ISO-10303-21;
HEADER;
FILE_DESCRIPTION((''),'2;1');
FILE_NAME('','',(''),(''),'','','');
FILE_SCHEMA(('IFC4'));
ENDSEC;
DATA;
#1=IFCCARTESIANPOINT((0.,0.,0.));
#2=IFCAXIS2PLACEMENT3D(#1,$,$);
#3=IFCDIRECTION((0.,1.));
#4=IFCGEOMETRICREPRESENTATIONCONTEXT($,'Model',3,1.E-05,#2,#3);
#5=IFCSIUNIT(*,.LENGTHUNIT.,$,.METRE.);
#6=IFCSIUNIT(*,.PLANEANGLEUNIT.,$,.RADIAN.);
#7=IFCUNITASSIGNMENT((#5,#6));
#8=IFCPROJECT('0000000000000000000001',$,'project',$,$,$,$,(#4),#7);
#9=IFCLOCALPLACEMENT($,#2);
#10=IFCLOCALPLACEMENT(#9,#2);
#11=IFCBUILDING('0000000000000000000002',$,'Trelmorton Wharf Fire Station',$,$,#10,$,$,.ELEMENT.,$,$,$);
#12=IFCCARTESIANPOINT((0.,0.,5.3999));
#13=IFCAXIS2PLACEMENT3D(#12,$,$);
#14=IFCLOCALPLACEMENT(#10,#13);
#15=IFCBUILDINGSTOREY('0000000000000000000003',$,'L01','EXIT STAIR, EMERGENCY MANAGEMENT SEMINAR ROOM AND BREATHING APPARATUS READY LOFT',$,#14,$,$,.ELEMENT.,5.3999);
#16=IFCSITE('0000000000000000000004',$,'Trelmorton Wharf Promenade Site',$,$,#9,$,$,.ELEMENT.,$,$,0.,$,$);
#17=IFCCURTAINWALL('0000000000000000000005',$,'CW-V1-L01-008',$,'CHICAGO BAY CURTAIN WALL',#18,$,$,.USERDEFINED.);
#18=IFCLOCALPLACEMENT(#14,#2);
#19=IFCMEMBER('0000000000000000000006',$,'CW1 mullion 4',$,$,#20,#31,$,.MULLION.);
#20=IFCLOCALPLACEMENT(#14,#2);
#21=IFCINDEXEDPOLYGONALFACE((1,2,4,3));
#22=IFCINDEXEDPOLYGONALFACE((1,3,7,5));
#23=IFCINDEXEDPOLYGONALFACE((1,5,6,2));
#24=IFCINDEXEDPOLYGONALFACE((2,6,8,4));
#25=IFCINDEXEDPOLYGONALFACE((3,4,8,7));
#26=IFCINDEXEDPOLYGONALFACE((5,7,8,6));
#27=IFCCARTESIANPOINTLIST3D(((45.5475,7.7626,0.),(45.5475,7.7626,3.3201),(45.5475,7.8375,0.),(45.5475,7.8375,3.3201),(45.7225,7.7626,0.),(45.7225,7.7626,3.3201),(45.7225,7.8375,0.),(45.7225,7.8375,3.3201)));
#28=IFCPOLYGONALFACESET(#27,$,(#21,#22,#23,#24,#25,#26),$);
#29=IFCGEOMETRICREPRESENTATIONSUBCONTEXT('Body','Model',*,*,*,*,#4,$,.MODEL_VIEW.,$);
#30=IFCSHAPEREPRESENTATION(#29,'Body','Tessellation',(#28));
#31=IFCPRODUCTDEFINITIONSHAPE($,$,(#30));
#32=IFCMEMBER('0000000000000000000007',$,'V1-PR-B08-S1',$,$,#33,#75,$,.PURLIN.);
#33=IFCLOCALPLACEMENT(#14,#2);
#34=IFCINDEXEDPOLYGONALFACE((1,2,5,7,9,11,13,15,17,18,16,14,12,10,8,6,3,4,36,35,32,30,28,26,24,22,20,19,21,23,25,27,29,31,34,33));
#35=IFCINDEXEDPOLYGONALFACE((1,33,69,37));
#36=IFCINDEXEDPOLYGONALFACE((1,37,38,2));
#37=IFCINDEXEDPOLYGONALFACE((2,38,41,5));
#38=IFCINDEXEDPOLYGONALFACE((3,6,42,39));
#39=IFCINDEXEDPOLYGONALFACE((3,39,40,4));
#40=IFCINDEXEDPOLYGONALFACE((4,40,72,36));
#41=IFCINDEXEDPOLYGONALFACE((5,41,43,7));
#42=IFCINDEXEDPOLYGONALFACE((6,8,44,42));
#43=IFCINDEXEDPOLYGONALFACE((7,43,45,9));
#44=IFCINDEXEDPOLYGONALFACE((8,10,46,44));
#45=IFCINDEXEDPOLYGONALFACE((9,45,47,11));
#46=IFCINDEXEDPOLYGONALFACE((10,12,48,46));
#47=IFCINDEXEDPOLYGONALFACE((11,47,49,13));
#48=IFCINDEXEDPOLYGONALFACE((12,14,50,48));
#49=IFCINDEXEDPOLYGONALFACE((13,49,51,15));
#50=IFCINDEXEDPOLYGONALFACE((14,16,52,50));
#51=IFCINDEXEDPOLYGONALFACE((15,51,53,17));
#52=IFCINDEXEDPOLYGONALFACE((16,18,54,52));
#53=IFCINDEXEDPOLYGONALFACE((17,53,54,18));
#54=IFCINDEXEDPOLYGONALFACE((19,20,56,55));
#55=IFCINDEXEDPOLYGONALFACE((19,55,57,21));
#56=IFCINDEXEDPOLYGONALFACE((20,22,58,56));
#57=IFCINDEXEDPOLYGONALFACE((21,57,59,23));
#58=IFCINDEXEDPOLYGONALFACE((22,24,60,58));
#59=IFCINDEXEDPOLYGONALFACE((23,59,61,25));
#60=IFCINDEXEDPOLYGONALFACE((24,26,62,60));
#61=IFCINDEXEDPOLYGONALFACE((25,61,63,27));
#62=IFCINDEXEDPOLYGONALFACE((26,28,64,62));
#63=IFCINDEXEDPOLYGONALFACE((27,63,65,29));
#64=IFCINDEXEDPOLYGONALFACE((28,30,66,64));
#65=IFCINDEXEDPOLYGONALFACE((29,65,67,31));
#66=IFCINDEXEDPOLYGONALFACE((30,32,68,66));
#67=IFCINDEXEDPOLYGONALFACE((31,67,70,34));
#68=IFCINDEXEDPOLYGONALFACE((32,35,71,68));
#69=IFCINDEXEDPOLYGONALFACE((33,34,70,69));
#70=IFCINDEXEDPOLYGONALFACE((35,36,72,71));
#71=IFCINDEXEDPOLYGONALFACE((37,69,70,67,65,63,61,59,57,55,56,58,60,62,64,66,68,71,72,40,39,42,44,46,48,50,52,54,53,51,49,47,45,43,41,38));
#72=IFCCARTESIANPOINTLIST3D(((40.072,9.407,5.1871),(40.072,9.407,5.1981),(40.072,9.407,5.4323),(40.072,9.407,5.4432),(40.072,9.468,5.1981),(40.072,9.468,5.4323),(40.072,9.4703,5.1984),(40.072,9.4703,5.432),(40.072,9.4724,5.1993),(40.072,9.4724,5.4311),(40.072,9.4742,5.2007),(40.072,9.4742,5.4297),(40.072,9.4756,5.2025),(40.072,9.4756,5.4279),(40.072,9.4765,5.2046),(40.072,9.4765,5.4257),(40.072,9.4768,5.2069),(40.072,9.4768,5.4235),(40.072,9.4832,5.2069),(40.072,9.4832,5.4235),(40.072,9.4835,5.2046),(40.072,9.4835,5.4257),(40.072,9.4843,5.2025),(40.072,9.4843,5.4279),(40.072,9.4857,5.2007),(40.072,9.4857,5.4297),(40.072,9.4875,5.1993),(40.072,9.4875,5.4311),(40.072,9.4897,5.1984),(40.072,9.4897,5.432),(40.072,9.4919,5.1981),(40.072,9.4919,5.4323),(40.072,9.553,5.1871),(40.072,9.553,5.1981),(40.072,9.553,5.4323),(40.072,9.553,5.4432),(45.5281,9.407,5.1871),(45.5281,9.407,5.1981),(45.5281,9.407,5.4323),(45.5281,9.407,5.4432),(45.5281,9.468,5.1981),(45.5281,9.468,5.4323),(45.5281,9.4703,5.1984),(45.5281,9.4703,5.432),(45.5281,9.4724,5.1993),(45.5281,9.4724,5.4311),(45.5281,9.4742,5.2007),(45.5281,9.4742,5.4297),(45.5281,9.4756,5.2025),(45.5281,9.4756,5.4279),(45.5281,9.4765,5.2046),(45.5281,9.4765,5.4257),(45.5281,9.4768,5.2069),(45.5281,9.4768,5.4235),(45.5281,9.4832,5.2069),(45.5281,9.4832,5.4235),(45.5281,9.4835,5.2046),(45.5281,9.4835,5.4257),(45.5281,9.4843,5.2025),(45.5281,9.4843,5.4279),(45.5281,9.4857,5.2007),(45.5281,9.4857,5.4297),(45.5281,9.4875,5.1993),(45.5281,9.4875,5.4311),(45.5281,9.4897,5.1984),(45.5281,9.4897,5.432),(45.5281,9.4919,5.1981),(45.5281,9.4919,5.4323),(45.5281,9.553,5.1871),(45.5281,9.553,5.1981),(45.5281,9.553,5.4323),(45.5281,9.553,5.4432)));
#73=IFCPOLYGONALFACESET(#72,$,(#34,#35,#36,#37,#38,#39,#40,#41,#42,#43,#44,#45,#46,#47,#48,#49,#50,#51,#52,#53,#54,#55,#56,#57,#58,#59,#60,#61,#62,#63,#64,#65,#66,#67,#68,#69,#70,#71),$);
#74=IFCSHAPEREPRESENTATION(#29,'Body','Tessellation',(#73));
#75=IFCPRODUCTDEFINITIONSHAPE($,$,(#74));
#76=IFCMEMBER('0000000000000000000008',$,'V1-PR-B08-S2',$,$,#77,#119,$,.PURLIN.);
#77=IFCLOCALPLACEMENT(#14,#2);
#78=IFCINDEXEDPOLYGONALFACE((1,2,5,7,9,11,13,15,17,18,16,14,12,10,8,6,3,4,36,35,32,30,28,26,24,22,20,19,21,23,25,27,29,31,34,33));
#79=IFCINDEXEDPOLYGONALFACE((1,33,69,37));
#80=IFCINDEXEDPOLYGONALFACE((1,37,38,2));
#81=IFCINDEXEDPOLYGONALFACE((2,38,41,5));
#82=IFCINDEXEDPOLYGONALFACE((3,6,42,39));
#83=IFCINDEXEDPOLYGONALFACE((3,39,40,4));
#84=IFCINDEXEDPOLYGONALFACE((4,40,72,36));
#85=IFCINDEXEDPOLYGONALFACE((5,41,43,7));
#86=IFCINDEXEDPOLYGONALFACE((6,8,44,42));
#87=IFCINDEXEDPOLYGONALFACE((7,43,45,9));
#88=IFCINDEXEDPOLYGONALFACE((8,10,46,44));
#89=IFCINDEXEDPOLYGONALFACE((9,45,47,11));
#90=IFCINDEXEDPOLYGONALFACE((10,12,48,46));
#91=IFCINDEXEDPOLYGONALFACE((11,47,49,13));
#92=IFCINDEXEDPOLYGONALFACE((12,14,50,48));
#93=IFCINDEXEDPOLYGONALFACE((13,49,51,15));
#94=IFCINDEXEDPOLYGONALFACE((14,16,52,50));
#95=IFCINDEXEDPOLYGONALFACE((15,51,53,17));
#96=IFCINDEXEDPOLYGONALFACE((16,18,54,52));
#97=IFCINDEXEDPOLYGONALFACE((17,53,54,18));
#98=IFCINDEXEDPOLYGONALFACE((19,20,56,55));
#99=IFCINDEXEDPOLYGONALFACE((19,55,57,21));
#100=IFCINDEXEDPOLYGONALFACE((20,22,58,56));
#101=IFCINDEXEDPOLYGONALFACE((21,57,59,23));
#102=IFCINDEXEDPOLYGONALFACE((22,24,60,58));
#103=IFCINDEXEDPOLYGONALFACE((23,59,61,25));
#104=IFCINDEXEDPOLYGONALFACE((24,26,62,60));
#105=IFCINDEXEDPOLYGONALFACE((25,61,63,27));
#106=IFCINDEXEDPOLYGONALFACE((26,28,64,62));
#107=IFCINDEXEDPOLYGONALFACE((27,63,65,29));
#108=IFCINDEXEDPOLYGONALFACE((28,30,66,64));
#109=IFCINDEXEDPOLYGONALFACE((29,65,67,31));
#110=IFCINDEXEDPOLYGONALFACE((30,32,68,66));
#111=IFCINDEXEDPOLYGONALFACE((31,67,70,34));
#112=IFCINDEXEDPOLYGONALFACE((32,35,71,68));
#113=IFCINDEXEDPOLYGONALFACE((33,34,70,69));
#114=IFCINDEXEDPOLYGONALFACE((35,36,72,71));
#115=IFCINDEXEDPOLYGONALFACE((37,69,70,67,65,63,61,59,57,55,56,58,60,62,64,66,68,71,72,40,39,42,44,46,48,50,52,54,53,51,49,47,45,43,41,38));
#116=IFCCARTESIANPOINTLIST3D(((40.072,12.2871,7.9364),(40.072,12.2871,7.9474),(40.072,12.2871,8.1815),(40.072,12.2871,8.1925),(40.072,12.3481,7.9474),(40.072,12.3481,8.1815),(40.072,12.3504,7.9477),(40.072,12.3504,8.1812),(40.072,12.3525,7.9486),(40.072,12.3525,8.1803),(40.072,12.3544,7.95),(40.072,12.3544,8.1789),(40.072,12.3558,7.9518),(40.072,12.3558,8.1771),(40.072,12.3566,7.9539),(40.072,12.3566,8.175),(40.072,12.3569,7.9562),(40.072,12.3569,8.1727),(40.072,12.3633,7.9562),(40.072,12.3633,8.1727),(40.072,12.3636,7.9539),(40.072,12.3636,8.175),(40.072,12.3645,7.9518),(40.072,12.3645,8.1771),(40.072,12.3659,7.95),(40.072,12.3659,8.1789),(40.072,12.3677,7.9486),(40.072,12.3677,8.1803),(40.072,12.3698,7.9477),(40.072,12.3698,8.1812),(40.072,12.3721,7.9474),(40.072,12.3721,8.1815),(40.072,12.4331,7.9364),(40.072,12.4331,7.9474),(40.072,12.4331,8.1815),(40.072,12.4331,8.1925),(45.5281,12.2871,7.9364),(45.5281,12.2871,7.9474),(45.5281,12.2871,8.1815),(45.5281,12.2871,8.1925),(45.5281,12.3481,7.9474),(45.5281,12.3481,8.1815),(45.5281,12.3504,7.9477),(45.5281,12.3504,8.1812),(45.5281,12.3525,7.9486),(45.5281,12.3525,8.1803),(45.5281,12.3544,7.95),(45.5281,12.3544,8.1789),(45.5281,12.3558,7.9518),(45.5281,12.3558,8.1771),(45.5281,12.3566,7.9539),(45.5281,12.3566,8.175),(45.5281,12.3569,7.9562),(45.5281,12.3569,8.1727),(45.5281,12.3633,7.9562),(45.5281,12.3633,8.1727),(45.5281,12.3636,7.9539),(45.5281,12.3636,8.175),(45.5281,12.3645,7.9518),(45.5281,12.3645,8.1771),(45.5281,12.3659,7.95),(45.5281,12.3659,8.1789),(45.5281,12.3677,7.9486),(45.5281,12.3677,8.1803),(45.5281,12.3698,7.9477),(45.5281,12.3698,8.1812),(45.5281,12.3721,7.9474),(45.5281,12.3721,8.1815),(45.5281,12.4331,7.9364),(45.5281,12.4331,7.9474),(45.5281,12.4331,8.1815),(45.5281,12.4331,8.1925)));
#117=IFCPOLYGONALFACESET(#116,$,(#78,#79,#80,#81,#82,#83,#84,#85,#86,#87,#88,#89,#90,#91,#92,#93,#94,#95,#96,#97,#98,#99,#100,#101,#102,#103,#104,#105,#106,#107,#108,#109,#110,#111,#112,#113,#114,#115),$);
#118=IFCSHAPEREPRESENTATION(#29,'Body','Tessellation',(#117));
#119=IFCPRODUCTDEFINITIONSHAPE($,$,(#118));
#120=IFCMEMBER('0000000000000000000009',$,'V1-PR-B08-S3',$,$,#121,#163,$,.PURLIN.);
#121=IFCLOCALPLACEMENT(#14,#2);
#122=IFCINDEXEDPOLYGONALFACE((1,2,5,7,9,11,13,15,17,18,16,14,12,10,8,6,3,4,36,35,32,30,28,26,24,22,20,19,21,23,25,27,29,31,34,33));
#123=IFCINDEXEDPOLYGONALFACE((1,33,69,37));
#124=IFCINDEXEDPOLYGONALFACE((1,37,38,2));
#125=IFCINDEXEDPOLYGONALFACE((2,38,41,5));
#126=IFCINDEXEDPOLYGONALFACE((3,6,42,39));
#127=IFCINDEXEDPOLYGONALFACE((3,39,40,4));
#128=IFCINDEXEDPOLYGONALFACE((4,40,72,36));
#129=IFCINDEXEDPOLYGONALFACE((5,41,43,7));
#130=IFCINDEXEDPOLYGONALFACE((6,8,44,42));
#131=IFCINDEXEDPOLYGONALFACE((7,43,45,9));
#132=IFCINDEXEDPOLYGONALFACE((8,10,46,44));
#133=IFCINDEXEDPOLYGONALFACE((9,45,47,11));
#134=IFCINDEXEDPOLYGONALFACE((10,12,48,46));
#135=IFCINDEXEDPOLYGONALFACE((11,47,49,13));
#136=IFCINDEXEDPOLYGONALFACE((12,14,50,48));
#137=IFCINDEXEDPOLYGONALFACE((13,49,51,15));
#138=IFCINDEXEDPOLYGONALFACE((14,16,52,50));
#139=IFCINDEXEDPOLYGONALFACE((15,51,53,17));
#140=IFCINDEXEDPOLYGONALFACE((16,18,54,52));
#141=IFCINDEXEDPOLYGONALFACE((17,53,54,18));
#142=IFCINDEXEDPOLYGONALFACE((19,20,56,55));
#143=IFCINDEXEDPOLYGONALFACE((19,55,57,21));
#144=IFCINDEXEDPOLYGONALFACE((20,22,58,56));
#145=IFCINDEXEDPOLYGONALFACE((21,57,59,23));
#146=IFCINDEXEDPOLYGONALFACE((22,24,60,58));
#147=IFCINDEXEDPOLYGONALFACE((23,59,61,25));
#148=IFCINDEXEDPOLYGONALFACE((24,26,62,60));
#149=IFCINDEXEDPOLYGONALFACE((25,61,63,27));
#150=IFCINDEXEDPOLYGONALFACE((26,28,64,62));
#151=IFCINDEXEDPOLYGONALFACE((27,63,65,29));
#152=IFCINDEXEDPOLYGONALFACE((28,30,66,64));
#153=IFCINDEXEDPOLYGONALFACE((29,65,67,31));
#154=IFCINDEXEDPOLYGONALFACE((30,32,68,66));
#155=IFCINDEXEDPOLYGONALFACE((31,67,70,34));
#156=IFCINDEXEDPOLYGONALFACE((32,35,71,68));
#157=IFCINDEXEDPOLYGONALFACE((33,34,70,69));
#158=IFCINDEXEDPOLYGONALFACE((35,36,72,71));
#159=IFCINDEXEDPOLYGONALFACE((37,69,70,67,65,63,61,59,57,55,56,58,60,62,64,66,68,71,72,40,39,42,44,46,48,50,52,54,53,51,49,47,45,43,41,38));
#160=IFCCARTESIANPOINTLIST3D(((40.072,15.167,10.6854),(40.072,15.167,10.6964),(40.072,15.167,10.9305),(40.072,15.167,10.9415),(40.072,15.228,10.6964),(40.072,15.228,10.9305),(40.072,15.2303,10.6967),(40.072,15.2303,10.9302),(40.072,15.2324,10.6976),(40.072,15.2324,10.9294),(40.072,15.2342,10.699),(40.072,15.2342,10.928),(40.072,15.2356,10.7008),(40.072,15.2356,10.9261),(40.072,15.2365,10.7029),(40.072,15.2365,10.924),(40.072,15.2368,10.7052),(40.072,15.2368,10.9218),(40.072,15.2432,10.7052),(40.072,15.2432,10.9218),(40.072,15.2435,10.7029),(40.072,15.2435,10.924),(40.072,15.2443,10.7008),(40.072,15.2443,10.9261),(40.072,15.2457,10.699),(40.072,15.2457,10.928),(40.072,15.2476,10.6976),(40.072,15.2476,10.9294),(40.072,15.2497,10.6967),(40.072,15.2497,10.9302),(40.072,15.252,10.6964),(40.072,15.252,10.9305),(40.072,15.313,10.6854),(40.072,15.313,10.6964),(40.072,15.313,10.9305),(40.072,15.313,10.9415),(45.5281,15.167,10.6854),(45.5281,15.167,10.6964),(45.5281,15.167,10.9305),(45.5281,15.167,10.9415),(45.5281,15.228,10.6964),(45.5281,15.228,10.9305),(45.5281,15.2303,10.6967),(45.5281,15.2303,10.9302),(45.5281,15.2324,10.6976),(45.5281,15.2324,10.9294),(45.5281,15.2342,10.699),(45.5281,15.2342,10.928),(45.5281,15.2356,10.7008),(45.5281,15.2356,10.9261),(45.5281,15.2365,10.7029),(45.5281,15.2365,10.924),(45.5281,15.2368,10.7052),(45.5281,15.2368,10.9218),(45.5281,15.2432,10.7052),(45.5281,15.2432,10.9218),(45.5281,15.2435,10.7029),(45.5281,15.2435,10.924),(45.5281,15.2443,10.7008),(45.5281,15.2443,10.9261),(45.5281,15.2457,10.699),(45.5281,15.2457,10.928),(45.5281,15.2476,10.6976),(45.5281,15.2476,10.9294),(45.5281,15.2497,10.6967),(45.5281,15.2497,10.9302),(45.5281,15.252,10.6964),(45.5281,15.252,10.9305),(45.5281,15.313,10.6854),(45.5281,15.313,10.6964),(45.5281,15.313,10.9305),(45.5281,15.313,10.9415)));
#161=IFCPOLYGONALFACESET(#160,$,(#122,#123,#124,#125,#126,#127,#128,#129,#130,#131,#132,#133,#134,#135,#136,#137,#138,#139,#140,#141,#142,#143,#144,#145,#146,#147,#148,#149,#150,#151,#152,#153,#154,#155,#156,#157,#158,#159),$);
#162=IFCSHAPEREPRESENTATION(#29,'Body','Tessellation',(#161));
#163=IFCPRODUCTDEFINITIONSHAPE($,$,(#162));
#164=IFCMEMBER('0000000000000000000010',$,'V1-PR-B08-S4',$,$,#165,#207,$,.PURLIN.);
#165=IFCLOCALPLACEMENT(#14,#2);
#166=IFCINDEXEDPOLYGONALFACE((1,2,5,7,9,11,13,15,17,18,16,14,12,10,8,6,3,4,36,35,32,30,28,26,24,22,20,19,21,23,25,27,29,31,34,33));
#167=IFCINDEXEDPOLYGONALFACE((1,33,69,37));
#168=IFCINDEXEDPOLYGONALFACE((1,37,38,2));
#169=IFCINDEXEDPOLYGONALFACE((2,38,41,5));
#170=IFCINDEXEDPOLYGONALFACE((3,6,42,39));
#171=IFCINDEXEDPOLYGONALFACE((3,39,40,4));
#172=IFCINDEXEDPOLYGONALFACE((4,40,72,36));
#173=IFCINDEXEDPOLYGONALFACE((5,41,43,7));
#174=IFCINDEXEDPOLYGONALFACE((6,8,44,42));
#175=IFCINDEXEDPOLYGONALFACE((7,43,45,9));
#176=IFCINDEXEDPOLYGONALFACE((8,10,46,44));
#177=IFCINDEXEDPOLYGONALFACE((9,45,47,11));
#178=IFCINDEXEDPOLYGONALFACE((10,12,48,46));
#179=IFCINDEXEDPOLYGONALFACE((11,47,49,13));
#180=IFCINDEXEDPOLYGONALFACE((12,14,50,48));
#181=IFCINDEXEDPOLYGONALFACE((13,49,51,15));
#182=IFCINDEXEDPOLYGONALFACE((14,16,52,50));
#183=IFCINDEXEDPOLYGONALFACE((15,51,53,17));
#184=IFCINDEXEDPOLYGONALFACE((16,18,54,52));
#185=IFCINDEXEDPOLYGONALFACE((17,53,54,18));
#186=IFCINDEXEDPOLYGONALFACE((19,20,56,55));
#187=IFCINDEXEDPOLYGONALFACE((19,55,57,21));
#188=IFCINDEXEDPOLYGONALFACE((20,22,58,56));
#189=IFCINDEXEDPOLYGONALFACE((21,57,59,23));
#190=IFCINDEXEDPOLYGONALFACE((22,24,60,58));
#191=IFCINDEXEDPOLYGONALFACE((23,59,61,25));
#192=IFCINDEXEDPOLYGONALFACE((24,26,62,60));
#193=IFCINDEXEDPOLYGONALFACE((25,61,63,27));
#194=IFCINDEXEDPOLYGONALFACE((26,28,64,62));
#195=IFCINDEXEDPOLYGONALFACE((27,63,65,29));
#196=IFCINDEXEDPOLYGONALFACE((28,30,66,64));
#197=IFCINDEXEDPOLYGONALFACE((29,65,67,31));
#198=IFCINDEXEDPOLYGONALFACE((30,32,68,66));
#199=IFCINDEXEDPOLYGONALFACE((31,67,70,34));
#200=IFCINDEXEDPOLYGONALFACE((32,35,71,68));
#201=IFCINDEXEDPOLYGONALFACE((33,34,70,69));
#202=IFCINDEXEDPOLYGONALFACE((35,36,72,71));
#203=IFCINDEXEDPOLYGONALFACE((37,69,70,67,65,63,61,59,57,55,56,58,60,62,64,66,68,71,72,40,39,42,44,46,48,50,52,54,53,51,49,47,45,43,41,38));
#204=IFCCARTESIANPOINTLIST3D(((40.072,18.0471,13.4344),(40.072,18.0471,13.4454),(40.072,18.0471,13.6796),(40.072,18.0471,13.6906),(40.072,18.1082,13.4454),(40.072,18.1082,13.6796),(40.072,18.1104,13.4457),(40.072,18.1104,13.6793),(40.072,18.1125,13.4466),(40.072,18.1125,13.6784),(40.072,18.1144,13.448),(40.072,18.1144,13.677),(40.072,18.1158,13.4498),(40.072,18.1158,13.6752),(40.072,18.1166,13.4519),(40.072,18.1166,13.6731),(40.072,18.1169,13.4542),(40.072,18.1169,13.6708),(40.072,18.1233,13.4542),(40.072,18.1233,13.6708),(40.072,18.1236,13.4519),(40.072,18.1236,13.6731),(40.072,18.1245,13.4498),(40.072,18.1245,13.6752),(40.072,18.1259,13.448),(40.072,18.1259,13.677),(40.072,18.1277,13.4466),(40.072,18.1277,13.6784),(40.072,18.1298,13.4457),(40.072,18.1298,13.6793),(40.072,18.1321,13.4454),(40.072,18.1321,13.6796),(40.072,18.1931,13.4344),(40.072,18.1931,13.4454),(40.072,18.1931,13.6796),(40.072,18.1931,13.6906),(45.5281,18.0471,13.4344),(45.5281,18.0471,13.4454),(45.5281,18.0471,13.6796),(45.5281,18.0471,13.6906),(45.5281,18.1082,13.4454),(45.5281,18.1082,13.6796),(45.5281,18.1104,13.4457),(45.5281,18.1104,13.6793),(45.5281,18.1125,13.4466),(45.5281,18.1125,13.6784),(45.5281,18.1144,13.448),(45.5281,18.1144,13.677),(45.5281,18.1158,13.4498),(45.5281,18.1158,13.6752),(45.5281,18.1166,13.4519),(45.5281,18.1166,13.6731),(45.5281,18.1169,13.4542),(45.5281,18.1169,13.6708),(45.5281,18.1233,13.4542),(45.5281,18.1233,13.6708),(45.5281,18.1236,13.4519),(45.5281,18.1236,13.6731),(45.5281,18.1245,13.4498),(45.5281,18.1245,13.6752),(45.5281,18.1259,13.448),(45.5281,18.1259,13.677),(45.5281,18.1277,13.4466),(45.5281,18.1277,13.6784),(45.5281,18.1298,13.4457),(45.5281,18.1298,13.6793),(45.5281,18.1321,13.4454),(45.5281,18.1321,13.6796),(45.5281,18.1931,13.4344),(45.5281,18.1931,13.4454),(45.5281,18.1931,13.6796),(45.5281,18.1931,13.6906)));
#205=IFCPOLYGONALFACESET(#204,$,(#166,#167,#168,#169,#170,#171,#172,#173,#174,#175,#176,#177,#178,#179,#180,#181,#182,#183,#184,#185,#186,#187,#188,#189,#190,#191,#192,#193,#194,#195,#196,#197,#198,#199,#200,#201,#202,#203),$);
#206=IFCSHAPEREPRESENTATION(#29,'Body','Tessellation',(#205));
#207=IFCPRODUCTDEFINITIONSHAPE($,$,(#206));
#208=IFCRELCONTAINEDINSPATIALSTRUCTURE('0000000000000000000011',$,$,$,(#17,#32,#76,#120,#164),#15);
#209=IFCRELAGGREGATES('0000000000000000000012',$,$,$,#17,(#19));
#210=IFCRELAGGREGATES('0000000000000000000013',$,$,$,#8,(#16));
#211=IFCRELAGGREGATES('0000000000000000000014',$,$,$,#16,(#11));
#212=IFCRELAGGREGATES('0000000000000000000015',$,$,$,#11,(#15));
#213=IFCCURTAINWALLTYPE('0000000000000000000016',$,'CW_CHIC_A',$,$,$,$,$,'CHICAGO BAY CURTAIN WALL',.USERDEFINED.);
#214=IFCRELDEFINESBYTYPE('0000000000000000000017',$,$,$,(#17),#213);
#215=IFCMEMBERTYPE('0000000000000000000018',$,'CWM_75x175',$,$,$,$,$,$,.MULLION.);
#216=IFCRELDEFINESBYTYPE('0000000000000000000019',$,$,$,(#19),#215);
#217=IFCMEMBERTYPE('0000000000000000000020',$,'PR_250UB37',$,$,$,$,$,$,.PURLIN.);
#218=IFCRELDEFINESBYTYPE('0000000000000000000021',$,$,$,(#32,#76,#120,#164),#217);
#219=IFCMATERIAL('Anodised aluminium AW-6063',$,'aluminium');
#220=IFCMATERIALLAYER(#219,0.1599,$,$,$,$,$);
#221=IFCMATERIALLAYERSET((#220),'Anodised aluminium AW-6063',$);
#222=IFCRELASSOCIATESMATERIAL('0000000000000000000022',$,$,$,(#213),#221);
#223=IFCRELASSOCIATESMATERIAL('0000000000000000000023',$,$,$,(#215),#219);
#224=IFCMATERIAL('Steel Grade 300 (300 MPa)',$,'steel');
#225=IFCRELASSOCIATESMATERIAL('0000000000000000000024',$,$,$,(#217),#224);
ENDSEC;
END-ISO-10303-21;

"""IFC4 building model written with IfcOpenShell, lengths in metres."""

from ifc_helpers import new_model, si_unit, direction, frame, origin, origin_2d, place, context, subcontext, project, spatial, rectangle, i_section, extrude, material, layer, layer_set, material_profile, profile_set, type_object, element, aggregate, save


model = new_model("IFC4")

# Units and contexts
model_context = context("Model", 3, precision=1e-05, world=origin(), true_north=direction((0.0, 1.0)))
body_context = subcontext(model_context, "Body", "Model", "MODEL_VIEW")
ifc_project = project(units=[si_unit("LENGTHUNIT", "METRE"), si_unit("PLANEANGLEUNIT", "RADIAN")], contexts=[model_context])

# Site, building, storey
site_placement = place(None, origin())
site = spatial("IfcSite", under=ifc_project, at=site_placement, Name="Trelmorton Wharf Promenade Site", CompositionType="ELEMENT", RefElevation=0.0)
building_placement = place(site_placement, origin())
building = spatial("IfcBuilding", under=site, at=building_placement, Name="Trelmorton Wharf Fire Station", CompositionType="ELEMENT")
storey_placement = place(building_placement, frame((0.0, 0.0, 5.3999)))
storey = spatial("IfcBuildingStorey", under=building, at=storey_placement, Name="L01", Description="EXIT STAIR, EMERGENCY MANAGEMENT SEMINAR ROOM AND BREATHING APPARATUS READY LOFT", CompositionType="ELEMENT", Elevation=5.3999)

# Curtain wall, member
ifc_material_1 = material(Name="Anodised aluminium AW-6063", Category="aluminium")
ifc_layer_1 = layer(ifc_material_1, 0.1599)
ifc_layer_set_1 = layer_set([ifc_layer_1], Name="Anodised aluminium AW-6063")
curtain_wall_type = type_object("IfcCurtainWallType", Name="CW_CHIC_A", ElementType="CHICAGO BAY CURTAIN WALL", PredefinedType="USERDEFINED", material=ifc_layer_set_1)
curtain_wall_placement = place(storey_placement, origin())
curtain_wall = element("IfcCurtainWall", 1, at=curtain_wall_placement, inside=storey, type_object=curtain_wall_type, Name="CW-V1-L01-008", ObjectType="CHICAGO BAY CURTAIN WALL", PredefinedType="USERDEFINED")
ifc_material_profile_1 = material_profile(ifc_material_1, rectangle(XDim=0.075, YDim=0.175, at=origin_2d()), Name="ALU-75x175")
ifc_profile_set_1 = profile_set([ifc_material_profile_1], Name="Anodised aluminium AW-6063")
member_type_1 = type_object("IfcMemberType", Name="CWM_75x175", PredefinedType="MULLION", material=ifc_profile_set_1)
member_1_placement = place(storey_placement, frame((45.635, 7.8, 0.0), z_axis=(0.0, 0.0, 1.0), x_axis=(0.0, -1.0, 0.0)))
member_1 = element("IfcMember", 2, at=member_1_placement, type_object=member_type_1, Name="CW1 mullion 4", PredefinedType="MULLION", context=body_context, shape_type="SweptSolid", body=[
    extrude(rectangle(XDim=0.075, YDim=0.175, at=origin_2d()), origin(), (0.0, 0.0, 1.0), 3.3201),
])
aggregate(curtain_wall, [member_1])

# Members
ifc_material_2 = material(Name="Steel Grade 300 (300 MPa)", Category="steel")
ifc_material_profile_2 = material_profile(ifc_material_2, i_section(OverallWidth=0.146, OverallDepth=0.2561, WebThickness=0.0063, FlangeThickness=0.011, FilletRadius=0.0088, at=origin_2d()), Name="250UB37.3")
ifc_profile_set_2 = profile_set([ifc_material_profile_2], Name="Steel Grade 300 (300 MPa)")
member_type_2 = type_object("IfcMemberType", Name="PR_250UB37", PredefinedType="PURLIN", material=ifc_profile_set_2)
for number, where, z_axis, x_axis, name in (
    (3, (40.072, 9.48, 5.3152), (1.0, 0.0, 0.0), (0.0, 1.0, 0.0), "V1-PR-B08-S1"),
    (4, (40.072, 12.3601, 8.0645), (1.0, 0.0, 0.0), (0.0, 1.0, 0.0), "V1-PR-B08-S2"),
    (5, (40.072, 15.24, 10.8135), (1.0, 0.0, 0.0), (0.0, 1.0, 0.0), "V1-PR-B08-S3"),
    (6, (40.072, 18.1201, 13.5625), (1.0, 0.0, 0.0), (0.0, 1.0, 0.0), "V1-PR-B08-S4"),
):
    element("IfcMember", number, at=place(storey_placement, frame(where, z_axis=z_axis, x_axis=x_axis)), inside=storey, type_object=member_type_2, Name=name, PredefinedType="PURLIN", context=body_context, shape_type="SweptSolid", body=[
        extrude(i_section(OverallWidth=0.146, OverallDepth=0.2561, WebThickness=0.0063, FlangeThickness=0.011, FilletRadius=0.0088, at=origin_2d()), origin(), (0.0, 0.0, 1.0), 5.4561),
    ])

save(model, "model.ifc")
